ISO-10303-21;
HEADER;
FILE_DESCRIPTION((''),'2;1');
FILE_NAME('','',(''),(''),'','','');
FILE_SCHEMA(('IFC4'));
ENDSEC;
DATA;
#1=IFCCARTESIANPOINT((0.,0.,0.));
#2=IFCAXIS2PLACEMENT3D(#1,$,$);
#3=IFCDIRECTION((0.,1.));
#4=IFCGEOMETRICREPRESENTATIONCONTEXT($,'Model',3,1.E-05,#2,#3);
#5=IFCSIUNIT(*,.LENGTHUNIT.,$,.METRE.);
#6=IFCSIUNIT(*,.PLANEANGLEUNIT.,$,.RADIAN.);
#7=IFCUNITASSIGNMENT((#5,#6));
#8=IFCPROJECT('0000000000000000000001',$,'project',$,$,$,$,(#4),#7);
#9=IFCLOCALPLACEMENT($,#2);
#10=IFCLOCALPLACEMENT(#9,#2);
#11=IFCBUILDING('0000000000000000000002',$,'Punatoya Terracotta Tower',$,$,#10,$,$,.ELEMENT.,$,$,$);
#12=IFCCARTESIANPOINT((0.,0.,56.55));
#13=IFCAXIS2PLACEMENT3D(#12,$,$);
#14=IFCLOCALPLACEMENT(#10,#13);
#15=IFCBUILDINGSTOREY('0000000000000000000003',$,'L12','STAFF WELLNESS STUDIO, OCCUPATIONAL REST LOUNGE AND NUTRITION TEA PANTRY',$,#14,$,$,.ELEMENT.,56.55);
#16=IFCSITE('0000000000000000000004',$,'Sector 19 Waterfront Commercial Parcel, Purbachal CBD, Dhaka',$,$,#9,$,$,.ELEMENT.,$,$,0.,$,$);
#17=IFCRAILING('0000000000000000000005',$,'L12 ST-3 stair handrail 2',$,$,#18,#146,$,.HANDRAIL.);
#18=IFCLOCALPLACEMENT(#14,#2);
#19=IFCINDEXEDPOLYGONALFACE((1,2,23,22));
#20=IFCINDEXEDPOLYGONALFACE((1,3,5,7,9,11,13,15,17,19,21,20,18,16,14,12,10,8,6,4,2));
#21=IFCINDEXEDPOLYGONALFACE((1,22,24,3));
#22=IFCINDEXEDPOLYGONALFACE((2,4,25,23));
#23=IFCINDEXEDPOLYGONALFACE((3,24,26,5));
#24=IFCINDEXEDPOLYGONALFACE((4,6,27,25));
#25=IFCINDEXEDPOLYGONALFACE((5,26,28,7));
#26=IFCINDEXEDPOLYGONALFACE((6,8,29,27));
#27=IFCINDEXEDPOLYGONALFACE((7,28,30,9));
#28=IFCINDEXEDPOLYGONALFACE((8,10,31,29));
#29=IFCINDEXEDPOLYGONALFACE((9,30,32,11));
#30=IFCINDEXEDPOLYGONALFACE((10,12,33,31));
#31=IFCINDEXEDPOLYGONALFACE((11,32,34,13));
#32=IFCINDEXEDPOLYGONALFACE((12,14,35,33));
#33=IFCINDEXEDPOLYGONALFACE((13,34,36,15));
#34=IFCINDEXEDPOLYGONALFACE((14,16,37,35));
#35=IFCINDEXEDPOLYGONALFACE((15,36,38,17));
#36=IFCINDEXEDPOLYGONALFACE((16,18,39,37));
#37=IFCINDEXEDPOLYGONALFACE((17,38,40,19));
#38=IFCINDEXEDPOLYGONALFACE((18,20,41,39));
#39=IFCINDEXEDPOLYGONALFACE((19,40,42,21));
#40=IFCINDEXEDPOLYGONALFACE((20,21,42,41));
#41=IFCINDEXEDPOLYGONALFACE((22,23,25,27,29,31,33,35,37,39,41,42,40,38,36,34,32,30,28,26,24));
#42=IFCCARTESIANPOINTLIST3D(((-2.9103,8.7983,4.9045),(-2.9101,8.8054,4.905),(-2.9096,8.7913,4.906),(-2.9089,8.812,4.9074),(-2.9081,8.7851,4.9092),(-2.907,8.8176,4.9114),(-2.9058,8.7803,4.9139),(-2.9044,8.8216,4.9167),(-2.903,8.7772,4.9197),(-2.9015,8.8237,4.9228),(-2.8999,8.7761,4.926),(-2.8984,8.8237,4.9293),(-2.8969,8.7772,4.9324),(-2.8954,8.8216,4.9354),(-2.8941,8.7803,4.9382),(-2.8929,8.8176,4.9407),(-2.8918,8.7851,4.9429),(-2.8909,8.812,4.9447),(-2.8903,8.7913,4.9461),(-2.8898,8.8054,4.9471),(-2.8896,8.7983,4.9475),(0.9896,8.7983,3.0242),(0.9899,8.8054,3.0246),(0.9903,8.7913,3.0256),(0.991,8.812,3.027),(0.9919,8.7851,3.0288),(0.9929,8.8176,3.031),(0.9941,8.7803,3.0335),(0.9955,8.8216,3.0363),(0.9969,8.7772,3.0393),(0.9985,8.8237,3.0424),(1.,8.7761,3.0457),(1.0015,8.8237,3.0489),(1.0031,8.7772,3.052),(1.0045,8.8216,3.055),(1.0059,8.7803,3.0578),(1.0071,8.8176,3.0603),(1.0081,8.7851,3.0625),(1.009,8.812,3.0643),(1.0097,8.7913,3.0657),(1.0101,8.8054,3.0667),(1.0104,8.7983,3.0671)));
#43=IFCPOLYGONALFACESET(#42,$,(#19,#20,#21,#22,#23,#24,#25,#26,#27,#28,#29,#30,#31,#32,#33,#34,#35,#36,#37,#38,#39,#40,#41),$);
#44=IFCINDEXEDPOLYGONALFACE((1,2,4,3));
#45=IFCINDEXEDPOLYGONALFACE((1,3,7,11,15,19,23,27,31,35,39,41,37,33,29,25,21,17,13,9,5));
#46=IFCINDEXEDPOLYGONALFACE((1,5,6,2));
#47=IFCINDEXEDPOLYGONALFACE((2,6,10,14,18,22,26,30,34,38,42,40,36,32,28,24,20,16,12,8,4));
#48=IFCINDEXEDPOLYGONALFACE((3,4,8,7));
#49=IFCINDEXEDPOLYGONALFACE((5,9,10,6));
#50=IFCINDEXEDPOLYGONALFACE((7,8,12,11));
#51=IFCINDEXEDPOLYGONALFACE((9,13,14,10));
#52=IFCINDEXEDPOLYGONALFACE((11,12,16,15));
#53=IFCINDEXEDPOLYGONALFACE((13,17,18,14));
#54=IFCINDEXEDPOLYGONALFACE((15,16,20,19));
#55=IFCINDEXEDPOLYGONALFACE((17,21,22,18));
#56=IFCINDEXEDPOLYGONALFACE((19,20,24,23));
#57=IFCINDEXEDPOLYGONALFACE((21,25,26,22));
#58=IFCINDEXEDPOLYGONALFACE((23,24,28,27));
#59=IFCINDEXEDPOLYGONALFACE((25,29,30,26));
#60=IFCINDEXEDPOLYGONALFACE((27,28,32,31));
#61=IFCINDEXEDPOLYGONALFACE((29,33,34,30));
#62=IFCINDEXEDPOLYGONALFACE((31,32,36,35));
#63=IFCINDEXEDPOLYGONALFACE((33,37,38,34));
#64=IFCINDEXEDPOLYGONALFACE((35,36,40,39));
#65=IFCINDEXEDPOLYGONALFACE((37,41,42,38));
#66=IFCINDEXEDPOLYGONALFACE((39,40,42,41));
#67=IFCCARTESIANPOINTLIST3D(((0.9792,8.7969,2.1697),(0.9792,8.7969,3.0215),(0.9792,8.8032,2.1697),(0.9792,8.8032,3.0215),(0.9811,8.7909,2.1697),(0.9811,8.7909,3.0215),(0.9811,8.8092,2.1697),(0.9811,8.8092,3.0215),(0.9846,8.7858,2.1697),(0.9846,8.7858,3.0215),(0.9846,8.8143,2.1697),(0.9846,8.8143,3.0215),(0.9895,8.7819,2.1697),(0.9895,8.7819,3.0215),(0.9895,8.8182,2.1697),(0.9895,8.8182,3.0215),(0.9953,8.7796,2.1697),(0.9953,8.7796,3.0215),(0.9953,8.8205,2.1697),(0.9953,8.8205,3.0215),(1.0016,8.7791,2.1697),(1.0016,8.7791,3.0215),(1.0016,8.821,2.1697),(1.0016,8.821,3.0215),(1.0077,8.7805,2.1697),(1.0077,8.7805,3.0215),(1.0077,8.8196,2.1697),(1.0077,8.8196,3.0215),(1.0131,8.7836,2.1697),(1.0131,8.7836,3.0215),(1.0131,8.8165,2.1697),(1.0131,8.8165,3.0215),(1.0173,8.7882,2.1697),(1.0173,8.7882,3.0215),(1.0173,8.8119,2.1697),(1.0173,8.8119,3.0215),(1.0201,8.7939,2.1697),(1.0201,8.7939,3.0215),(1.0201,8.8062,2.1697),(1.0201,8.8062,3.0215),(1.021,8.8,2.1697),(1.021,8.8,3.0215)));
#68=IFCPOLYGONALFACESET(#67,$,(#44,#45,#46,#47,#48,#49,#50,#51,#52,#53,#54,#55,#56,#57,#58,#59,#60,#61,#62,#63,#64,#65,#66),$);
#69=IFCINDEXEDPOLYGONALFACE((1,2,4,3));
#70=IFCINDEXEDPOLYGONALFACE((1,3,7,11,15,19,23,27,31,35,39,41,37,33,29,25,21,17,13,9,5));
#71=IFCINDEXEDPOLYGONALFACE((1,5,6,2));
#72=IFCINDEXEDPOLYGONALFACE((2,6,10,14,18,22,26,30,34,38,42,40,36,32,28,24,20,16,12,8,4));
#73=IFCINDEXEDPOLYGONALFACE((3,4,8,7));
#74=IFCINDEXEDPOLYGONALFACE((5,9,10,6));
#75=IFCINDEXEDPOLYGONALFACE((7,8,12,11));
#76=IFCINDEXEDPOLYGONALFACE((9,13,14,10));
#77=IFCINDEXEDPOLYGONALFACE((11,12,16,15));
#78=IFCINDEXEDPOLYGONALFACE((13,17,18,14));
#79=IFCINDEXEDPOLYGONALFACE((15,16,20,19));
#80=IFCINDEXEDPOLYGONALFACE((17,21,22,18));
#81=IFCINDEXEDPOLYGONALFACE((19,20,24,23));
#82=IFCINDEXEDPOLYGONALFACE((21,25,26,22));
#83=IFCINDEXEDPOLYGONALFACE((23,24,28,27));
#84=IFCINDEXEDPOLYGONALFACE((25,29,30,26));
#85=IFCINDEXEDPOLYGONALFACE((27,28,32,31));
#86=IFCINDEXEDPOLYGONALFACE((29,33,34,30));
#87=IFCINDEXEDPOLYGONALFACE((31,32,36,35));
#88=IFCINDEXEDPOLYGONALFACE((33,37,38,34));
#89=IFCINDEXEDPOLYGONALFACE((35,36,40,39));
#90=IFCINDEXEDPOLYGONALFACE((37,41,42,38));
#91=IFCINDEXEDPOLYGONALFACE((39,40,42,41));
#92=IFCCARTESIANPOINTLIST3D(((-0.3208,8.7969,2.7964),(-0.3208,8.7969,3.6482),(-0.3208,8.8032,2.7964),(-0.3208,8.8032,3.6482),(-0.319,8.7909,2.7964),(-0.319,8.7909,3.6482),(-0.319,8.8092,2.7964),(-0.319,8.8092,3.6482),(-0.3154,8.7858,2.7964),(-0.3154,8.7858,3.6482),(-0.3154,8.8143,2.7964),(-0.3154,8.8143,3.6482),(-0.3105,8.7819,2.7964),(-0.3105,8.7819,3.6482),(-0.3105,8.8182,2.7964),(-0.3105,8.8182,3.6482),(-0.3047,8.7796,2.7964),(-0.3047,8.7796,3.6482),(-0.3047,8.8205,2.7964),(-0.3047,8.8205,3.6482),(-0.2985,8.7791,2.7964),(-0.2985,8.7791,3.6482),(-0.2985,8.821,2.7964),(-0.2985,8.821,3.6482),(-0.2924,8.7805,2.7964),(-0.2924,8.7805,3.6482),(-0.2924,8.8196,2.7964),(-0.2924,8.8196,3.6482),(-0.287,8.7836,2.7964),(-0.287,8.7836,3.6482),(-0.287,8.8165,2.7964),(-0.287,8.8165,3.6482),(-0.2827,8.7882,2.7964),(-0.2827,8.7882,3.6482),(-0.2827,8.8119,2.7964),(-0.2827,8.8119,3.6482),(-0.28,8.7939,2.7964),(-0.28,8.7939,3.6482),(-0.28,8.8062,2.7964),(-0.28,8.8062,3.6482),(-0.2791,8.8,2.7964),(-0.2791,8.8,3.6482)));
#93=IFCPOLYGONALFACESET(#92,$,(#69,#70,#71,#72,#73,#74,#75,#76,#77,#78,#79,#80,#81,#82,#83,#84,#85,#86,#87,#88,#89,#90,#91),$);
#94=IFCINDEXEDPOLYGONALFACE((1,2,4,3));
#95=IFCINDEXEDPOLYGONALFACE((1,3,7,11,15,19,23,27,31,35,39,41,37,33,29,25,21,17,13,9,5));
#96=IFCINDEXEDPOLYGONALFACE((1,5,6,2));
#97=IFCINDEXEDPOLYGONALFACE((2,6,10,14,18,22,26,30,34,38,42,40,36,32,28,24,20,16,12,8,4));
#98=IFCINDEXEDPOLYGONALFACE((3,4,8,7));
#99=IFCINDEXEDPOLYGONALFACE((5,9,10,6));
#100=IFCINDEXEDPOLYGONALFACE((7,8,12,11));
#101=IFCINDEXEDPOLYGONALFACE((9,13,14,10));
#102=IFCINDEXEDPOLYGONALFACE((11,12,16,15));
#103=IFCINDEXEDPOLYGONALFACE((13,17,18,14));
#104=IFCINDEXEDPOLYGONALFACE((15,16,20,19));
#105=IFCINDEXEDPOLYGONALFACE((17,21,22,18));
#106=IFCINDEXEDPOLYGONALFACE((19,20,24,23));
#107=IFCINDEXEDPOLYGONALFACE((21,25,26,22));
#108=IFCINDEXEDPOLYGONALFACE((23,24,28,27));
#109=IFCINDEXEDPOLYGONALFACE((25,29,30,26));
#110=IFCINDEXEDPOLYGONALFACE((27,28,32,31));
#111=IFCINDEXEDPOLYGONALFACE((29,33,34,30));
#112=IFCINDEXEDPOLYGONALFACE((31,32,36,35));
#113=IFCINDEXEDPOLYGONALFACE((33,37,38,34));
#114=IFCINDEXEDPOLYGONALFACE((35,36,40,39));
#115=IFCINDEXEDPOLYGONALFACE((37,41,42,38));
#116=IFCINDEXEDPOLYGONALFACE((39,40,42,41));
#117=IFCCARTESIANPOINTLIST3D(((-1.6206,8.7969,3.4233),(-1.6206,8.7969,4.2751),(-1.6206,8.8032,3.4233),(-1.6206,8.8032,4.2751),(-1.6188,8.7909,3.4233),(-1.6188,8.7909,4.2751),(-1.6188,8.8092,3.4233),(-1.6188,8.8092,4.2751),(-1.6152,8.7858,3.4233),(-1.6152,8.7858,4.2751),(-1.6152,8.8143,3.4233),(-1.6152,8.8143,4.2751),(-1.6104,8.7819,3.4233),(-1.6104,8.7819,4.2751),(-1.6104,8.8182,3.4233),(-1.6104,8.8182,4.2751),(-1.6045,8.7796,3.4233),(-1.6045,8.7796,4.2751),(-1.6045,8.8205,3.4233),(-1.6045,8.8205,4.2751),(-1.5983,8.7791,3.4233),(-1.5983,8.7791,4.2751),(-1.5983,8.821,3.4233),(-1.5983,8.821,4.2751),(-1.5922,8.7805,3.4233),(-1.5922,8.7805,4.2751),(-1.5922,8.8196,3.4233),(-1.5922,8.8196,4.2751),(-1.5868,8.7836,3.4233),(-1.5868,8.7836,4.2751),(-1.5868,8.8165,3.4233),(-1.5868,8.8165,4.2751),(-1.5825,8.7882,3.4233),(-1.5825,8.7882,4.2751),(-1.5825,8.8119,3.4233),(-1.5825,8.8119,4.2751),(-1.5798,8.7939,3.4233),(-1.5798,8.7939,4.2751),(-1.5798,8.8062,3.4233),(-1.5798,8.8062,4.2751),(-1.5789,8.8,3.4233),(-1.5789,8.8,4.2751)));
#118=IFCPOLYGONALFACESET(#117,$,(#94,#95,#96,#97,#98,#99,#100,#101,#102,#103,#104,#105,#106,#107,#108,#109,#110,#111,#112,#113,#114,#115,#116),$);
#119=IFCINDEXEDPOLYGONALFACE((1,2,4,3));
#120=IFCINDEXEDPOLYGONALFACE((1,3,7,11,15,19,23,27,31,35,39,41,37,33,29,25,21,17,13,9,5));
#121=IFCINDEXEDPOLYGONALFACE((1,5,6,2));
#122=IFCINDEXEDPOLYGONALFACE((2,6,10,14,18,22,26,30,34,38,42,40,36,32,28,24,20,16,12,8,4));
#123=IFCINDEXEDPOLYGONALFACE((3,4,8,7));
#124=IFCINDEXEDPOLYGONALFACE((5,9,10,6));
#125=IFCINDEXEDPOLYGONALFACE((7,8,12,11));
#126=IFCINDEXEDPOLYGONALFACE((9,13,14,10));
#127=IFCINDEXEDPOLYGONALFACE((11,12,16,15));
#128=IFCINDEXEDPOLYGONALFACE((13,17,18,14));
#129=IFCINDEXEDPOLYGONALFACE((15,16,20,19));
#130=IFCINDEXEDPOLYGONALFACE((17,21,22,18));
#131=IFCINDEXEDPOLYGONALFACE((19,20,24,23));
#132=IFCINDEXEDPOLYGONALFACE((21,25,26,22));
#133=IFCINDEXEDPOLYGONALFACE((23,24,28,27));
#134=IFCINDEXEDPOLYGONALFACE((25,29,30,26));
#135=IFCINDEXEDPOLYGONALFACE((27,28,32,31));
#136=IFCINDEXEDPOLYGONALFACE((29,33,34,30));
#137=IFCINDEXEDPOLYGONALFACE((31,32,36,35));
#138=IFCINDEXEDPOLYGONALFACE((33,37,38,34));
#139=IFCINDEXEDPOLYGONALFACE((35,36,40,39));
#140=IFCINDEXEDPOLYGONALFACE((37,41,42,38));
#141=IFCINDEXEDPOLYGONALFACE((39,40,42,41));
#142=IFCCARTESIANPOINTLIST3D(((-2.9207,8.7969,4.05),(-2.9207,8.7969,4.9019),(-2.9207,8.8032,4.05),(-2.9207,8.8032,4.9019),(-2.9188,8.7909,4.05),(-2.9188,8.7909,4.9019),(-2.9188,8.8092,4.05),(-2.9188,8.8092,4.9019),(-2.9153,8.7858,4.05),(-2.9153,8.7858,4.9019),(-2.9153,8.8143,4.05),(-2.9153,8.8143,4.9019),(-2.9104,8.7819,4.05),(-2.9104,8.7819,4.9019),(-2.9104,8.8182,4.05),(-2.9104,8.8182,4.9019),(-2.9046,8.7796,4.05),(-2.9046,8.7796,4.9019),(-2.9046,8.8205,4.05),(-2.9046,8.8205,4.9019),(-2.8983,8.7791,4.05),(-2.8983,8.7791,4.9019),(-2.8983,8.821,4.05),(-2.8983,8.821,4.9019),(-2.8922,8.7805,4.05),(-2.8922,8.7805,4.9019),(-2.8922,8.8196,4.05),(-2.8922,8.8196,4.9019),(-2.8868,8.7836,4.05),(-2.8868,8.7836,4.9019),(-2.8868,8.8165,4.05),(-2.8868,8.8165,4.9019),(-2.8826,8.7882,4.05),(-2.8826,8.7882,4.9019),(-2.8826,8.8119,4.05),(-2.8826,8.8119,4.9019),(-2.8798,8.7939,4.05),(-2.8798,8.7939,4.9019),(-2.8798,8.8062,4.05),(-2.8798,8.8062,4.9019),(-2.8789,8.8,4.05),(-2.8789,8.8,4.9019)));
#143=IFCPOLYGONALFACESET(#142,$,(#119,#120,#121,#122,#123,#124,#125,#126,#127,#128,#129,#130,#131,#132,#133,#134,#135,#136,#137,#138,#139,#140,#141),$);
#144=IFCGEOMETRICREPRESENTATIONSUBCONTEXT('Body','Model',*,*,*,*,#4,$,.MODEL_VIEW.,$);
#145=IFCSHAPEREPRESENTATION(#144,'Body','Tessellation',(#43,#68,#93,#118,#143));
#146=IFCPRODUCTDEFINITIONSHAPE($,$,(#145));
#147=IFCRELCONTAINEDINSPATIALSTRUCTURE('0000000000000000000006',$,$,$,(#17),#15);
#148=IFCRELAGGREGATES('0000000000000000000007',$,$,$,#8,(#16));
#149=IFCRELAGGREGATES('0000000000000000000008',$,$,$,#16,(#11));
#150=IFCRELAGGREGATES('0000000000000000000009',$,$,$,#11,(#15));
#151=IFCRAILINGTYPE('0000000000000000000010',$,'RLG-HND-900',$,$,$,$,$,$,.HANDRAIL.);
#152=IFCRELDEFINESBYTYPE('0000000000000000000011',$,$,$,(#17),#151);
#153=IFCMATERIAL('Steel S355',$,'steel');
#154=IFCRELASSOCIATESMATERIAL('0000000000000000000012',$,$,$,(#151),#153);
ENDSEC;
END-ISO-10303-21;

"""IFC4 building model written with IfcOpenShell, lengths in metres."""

from ifc_helpers import new_model, si_unit, direction, frame, origin, origin_2d, place, context, subcontext, project, spatial, circle, extrude, material, type_object, element, save


model = new_model("IFC4")

# Units and contexts
model_context = context("Model", 3, precision=1e-05, world=origin(), true_north=direction((0.0, 1.0)))
body_context = subcontext(model_context, "Body", "Model", "MODEL_VIEW")
ifc_project = project(units=[si_unit("LENGTHUNIT", "METRE"), si_unit("PLANEANGLEUNIT", "RADIAN")], contexts=[model_context])

# Site, building, storey
site_placement = place(None, origin())
site = spatial("IfcSite", under=ifc_project, at=site_placement, Name="Sector 19 Waterfront Commercial Parcel, Purbachal CBD, Dhaka", CompositionType="ELEMENT", RefElevation=0.0)
building_placement = place(site_placement, origin())
building = spatial("IfcBuilding", under=site, at=building_placement, Name="Punatoya Terracotta Tower", CompositionType="ELEMENT")
storey_placement = place(building_placement, frame((0.0, 0.0, 56.55)))
storey = spatial("IfcBuildingStorey", under=building, at=storey_placement, Name="L12", Description="STAFF WELLNESS STUDIO, OCCUPATIONAL REST LOUNGE AND NUTRITION TEA PANTRY", CompositionType="ELEMENT", Elevation=56.55)

# Shared definitions
ifc_material_1 = material(Name="Steel S355", Category="steel")

# Railing
railing_type_1 = type_object("IfcRailingType", Name="RLG-HND-900", PredefinedType="HANDRAIL", material=ifc_material_1)
railing_1_placement = place(storey_placement, frame((1.0, 8.8, 2.1697)))
element("IfcRailing", 1, at=railing_1_placement, inside=storey, type_object=railing_type_1, Name="L12 ST-3 stair handrail 2", PredefinedType="HANDRAIL", context=body_context, shape_type="SweptSolid", body=[
    extrude(circle(Radius=0.0239, at=origin_2d()), frame((0.0, 0.0, 0.876), z_axis=(-0.900763, 0.0, 0.434311), x_axis=(0.0, -1.0, 0.0)), (0.0, 0.0, 1.0), 4.3296),
    extrude(circle(Radius=0.021, at=origin_2d()), origin(), (0.0, 0.0, 1.0), 0.8518),
    extrude(circle(Radius=0.021, at=origin_2d()), frame((-1.3, 0.0, 0.6267)), (0.0, 0.0, 1.0), 0.8518),
    extrude(circle(Radius=0.021, at=origin_2d()), frame((-2.5999, 0.0, 1.2537)), (0.0, 0.0, 1.0), 0.8518),
    extrude(circle(Radius=0.021, at=origin_2d()), frame((-3.8999, 0.0, 1.8804)), (0.0, 0.0, 1.0), 0.8518),
])

save(model, "model.ifc")
